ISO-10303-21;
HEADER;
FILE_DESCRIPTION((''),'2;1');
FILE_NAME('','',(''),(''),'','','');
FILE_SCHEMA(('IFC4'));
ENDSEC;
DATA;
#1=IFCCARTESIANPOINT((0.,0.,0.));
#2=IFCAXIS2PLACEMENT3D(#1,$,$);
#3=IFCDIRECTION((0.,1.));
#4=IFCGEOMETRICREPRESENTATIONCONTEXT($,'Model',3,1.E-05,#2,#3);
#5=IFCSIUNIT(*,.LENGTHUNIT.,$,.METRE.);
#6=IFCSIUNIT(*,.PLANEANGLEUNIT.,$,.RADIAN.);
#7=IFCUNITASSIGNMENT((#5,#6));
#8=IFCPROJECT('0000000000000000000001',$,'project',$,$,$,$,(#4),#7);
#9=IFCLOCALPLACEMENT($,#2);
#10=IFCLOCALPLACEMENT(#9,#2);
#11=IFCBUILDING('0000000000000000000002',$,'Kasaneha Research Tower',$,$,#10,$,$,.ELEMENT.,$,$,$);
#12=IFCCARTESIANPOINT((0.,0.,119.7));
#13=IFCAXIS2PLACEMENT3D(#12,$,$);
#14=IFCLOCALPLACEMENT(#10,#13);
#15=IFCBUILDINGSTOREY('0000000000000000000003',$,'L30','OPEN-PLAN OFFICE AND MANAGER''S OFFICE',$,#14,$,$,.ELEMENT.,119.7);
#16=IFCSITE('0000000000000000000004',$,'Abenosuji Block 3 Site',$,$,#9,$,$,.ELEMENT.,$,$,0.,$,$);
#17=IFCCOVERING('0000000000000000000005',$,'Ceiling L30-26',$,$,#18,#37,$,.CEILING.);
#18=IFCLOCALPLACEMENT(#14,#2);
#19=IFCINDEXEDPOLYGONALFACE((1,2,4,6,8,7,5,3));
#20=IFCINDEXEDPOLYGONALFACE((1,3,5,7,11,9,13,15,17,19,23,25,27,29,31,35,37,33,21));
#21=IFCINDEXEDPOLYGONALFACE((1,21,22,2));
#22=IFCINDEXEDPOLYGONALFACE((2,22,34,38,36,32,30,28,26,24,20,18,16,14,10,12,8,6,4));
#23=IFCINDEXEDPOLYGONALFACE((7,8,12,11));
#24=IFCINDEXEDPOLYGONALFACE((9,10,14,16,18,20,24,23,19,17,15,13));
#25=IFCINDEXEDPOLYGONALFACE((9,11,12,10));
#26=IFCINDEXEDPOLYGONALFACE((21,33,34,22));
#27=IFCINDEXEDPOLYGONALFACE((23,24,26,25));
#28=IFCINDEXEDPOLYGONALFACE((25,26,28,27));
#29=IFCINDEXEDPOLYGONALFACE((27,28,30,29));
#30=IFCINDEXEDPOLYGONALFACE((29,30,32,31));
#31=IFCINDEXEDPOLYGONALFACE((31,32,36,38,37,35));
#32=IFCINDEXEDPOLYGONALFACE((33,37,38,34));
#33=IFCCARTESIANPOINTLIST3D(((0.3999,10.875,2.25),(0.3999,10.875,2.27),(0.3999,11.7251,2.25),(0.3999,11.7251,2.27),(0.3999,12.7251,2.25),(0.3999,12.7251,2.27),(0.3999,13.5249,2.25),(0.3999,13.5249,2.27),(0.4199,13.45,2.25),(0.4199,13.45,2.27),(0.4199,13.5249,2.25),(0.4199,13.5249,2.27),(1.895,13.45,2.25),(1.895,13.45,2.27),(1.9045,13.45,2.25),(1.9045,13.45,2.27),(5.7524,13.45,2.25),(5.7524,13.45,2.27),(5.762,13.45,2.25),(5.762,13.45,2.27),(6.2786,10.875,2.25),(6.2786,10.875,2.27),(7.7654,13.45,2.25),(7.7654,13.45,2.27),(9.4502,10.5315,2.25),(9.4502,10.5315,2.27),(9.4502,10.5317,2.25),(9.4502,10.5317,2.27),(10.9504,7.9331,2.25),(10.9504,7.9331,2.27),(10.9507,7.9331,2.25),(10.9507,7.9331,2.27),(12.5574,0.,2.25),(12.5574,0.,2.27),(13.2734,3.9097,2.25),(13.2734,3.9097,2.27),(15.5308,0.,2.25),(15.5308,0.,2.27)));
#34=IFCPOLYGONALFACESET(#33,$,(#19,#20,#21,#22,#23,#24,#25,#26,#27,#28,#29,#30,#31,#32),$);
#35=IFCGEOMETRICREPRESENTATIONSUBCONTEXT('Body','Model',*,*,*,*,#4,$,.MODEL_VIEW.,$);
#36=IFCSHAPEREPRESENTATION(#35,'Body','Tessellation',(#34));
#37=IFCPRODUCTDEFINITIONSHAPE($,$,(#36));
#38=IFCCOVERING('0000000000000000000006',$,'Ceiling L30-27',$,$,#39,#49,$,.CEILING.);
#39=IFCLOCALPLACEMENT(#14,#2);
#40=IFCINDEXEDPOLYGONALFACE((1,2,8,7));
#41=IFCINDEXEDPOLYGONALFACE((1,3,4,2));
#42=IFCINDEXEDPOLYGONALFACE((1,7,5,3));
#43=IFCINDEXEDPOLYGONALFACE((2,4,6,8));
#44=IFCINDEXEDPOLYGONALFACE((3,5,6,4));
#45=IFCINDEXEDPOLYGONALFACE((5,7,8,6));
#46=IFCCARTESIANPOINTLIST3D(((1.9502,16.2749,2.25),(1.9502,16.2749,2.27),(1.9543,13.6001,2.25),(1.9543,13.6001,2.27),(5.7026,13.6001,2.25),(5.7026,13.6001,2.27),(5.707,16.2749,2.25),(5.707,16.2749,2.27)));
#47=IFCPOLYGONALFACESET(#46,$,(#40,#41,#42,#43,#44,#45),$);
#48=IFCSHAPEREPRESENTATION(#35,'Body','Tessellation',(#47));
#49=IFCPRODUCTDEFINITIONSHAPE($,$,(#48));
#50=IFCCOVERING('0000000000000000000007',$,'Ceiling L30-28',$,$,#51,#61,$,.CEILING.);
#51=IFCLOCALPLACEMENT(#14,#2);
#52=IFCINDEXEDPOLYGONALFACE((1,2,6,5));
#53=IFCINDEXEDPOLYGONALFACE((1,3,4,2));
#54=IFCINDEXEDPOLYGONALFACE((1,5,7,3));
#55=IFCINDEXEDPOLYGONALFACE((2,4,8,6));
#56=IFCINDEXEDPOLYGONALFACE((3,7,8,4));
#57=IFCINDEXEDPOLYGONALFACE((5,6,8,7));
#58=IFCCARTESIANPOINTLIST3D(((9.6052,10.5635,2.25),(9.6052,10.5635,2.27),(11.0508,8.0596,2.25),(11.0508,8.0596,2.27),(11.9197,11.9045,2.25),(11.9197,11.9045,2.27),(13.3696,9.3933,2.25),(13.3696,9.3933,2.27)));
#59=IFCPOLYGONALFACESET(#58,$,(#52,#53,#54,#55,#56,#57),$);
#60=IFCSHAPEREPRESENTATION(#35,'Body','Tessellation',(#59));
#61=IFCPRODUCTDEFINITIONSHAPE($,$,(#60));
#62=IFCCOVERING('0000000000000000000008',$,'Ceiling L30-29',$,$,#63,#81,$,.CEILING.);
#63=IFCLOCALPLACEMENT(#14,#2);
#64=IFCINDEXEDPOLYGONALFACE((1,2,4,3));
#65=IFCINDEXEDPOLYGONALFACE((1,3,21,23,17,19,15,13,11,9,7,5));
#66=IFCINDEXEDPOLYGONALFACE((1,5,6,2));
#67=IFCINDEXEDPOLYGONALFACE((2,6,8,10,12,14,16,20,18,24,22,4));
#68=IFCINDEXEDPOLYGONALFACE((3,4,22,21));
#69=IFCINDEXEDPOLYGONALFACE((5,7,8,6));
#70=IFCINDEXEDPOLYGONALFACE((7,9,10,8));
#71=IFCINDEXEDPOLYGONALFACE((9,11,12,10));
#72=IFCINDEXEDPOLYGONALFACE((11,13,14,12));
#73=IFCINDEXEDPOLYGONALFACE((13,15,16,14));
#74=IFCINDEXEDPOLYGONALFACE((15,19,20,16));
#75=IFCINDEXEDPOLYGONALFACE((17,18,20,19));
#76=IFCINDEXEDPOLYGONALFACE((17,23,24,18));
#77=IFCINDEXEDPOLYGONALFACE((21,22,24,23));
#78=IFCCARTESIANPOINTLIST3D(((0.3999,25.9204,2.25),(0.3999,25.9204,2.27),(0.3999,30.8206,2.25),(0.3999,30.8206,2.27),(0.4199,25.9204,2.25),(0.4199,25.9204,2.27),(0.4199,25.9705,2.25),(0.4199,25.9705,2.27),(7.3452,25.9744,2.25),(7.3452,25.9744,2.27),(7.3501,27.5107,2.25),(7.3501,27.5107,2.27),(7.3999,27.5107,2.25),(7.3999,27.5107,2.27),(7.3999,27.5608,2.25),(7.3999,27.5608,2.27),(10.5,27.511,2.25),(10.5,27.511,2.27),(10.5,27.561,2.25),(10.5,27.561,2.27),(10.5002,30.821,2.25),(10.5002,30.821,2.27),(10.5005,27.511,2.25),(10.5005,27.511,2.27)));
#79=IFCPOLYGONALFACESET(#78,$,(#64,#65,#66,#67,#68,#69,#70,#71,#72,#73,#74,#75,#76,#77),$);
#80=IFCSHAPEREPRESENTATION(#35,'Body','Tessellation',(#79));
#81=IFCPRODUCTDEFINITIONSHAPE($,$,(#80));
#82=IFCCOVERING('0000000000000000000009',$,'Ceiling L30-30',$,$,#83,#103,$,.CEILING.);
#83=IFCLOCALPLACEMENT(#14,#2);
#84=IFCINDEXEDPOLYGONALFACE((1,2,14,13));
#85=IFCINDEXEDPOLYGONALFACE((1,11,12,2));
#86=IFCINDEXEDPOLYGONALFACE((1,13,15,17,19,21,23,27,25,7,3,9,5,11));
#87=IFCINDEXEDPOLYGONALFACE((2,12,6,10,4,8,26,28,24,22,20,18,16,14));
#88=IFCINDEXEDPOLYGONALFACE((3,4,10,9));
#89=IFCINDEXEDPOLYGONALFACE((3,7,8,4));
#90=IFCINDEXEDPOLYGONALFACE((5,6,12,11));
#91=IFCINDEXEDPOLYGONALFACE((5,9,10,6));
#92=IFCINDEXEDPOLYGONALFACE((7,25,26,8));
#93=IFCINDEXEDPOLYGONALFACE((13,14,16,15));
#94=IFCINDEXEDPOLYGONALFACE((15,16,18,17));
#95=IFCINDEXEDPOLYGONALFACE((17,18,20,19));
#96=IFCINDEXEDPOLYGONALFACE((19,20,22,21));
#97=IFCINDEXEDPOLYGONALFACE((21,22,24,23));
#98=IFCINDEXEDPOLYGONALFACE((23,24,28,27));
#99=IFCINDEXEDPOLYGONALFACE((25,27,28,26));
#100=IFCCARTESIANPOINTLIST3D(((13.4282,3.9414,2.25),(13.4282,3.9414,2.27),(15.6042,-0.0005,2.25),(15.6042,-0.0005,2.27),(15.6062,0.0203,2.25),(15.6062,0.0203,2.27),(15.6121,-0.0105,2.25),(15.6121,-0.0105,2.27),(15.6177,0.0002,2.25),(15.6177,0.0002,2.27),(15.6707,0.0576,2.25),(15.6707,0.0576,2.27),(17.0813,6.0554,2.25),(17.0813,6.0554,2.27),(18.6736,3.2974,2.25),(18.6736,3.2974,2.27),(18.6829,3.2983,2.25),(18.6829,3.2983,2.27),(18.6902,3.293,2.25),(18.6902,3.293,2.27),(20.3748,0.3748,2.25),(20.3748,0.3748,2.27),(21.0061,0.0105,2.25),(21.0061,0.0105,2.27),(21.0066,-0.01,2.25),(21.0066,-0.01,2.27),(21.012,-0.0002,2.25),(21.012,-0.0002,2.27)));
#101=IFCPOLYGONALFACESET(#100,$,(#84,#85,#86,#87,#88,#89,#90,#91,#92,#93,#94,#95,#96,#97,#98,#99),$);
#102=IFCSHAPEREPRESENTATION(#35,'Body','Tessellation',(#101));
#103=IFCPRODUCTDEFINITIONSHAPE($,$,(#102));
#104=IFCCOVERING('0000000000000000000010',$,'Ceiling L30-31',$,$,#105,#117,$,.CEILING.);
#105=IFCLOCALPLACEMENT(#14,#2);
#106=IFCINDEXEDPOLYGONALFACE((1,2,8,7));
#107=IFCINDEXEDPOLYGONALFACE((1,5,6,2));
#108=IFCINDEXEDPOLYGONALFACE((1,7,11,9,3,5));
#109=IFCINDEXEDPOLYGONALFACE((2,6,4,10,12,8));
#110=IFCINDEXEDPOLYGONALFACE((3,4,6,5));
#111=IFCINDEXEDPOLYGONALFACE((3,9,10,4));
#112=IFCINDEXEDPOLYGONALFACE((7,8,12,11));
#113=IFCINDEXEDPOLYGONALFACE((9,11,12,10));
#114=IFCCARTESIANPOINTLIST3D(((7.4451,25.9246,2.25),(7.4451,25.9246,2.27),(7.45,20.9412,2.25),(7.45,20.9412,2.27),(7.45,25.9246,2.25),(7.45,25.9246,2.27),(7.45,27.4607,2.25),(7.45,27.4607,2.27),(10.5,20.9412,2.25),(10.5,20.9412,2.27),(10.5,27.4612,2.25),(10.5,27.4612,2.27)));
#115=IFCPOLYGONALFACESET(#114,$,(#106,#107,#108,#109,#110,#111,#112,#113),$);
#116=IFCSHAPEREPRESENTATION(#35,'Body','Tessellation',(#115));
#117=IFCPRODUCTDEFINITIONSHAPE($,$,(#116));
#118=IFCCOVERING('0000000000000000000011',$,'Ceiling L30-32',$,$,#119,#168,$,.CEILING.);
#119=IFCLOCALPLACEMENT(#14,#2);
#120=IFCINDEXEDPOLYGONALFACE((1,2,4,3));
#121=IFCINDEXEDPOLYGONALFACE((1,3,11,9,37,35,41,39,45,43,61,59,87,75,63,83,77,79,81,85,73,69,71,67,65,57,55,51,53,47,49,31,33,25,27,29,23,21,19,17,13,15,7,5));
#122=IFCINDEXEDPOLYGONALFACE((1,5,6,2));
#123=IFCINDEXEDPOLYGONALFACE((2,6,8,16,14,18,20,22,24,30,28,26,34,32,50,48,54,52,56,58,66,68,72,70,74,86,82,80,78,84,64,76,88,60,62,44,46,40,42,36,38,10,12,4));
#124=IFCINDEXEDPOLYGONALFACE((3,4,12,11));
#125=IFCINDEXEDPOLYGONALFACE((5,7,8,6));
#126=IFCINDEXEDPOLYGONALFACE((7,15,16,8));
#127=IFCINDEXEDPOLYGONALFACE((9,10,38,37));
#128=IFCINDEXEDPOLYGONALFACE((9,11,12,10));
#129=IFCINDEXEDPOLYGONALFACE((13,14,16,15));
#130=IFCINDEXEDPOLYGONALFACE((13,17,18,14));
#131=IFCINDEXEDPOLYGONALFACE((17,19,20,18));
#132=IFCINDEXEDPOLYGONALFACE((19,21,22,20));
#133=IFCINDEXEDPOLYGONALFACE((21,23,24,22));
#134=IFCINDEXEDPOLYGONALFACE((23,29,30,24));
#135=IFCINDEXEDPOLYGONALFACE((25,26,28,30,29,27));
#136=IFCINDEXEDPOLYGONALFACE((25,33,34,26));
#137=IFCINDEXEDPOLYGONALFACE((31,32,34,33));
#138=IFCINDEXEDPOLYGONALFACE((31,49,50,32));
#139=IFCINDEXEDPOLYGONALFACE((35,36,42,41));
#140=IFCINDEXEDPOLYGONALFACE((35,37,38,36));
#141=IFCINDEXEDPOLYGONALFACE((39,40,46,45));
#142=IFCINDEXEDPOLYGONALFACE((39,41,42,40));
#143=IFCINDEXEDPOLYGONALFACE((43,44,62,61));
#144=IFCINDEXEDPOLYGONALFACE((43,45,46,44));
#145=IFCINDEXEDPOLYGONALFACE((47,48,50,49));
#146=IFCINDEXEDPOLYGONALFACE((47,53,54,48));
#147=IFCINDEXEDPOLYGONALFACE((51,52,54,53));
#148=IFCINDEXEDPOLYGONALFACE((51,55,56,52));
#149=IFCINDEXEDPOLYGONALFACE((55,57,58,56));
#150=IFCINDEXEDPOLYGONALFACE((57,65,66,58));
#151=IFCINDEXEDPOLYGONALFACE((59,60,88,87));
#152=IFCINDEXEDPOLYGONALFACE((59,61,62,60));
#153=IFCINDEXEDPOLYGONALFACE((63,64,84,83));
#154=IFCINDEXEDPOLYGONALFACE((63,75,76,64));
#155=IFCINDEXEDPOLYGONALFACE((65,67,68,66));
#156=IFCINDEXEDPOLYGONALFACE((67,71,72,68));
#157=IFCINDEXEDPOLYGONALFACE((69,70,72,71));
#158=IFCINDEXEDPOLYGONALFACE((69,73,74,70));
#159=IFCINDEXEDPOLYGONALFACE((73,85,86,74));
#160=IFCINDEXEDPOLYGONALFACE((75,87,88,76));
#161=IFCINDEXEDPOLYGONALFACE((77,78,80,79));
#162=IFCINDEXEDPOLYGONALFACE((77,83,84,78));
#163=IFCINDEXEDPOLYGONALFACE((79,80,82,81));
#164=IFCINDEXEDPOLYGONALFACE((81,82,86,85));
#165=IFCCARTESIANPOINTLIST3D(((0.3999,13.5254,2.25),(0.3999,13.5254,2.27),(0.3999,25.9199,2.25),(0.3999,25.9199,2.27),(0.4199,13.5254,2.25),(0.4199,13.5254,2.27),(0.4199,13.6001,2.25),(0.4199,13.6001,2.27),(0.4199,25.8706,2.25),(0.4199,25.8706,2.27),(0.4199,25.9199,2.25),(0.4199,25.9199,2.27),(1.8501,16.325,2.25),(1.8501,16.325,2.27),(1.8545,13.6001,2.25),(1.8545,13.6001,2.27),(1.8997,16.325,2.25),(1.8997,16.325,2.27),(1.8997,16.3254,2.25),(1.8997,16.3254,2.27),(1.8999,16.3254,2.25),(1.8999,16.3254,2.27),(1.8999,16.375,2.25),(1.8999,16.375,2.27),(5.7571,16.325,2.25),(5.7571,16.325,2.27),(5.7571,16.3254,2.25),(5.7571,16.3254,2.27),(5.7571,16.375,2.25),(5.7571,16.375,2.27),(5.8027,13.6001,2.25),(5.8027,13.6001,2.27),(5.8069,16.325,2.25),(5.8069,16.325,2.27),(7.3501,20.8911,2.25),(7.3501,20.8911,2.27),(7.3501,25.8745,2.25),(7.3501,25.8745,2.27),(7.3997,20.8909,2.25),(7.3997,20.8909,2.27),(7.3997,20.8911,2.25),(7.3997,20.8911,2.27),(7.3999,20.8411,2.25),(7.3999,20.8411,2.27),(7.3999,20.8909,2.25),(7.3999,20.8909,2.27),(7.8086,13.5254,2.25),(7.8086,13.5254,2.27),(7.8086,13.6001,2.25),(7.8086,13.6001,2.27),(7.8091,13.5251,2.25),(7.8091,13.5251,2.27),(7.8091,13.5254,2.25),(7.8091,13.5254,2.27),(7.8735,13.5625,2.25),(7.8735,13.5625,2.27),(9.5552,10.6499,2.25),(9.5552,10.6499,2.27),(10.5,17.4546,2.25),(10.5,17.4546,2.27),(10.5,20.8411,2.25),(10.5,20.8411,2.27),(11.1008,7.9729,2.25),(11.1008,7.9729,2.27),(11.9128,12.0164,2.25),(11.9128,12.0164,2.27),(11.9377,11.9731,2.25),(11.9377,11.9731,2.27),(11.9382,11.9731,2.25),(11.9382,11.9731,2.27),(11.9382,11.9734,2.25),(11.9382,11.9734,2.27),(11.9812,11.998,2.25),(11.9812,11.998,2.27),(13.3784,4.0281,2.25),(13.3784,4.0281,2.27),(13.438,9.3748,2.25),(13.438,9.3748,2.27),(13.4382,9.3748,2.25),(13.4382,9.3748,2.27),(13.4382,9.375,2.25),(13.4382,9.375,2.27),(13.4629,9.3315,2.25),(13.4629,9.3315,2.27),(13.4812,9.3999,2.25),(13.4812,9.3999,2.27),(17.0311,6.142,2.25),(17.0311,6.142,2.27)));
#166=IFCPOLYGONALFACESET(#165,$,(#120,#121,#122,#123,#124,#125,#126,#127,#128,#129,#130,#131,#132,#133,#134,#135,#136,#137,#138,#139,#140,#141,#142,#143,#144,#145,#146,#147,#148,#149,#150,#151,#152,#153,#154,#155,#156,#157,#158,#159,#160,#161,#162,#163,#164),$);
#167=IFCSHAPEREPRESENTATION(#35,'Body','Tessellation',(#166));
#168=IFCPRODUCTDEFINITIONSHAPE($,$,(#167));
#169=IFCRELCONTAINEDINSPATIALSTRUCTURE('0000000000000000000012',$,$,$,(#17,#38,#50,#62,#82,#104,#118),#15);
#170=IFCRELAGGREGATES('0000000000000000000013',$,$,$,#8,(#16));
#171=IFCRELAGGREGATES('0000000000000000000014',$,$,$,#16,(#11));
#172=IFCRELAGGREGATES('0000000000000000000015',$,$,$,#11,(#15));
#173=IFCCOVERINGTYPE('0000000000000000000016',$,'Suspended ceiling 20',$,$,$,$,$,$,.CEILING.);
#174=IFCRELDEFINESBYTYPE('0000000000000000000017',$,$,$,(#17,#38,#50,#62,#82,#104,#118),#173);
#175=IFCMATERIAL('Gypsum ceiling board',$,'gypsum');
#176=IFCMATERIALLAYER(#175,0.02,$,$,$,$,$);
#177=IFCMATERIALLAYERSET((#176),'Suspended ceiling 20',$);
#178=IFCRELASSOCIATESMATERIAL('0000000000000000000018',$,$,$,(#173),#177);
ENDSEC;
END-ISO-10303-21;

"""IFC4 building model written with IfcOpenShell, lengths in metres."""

from ifc_helpers import new_model, si_unit, direction, frame, origin, place, context, subcontext, project, spatial, polyline, outline, extrude, material, layer, layer_set, type_object, element, save


model = new_model("IFC4")

# Units and contexts
model_context = context("Model", 3, precision=1e-05, world=origin(), true_north=direction((0.0, 1.0)))
body_context = subcontext(model_context, "Body", "Model", "MODEL_VIEW")
ifc_project = project(units=[si_unit("LENGTHUNIT", "METRE"), si_unit("PLANEANGLEUNIT", "RADIAN")], contexts=[model_context])

# Site, building, storey
site_placement = place(None, origin())
site = spatial("IfcSite", under=ifc_project, at=site_placement, Name="Abenosuji Block 3 Site", CompositionType="ELEMENT", RefElevation=0.0)
building_placement = place(site_placement, origin())
building = spatial("IfcBuilding", under=site, at=building_placement, Name="Kasaneha Research Tower", CompositionType="ELEMENT")
storey_placement = place(building_placement, frame((0.0, 0.0, 119.7)))
storey = spatial("IfcBuildingStorey", under=building, at=storey_placement, Name="L30", Description="OPEN-PLAN OFFICE AND MANAGER'S OFFICE", CompositionType="ELEMENT", Elevation=119.7)

# Coverings
ifc_material_1 = material(Name="Gypsum ceiling board", Category="gypsum")
ifc_layer_1 = layer(ifc_material_1, 0.02)
ifc_layer_set_1 = layer_set([ifc_layer_1], Name="Suspended ceiling 20")
covering_type_1 = type_object("IfcCoveringType", Name="Suspended ceiling 20", PredefinedType="CEILING", material=ifc_layer_set_1)
covering_1_placement = place(storey_placement, frame((0.0, 0.0, 2.25)))
element("IfcCovering", 1, at=covering_1_placement, inside=storey, type_object=covering_type_1, Name="Ceiling L30-26", PredefinedType="CEILING", context=body_context, shape_type="SweptSolid", body=[
    extrude(outline(polyline([(6.2786, 10.875), (0.3999, 10.875), (0.3999, 11.7251), (0.3999, 12.7251), (0.3999, 13.5249), (0.4199, 13.5249), (0.4199, 13.45), (1.895, 13.45), (1.9045, 13.45), (5.7524, 13.45), (5.762, 13.45), (7.7654, 13.45), (9.4502, 10.5315), (9.4502, 10.5317), (10.9504, 7.9331), (10.9507, 7.9331), (13.2734, 3.9097), (13.2734, 3.9097), (15.5308, 0.0), (15.5308, 0.0), (12.5574, 0.0), (6.2786, 10.875)])), origin(), (0.0, 0.0, 1.0), 0.02),
])
covering_2_placement = place(storey_placement, frame((0.0, 0.0, 2.25)))
element("IfcCovering", 2, at=covering_2_placement, inside=storey, type_object=covering_type_1, Name="Ceiling L30-27", PredefinedType="CEILING", context=body_context, shape_type="SweptSolid", body=[
    extrude(outline(polyline([(1.9543, 13.6001), (1.9502, 16.2749), (5.707, 16.2749), (5.7026, 13.6001), (1.9543, 13.6001)])), origin(), (0.0, 0.0, 1.0), 0.02),
])
covering_3_placement = place(storey_placement, frame((0.0, 0.0, 2.25)))
element("IfcCovering", 3, at=covering_3_placement, inside=storey, type_object=covering_type_1, Name="Ceiling L30-28", PredefinedType="CEILING", context=body_context, shape_type="SweptSolid", body=[
    extrude(outline(polyline([(11.0508, 8.0596), (9.6052, 10.5635), (11.9197, 11.9045), (13.3696, 9.3933), (11.0508, 8.0596)])), origin(), (0.0, 0.0, 1.0), 0.02),
])
covering_4_placement = place(storey_placement, frame((0.0, 0.0, 2.25)))
element("IfcCovering", 4, at=covering_4_placement, inside=storey, type_object=covering_type_1, Name="Ceiling L30-29", PredefinedType="CEILING", context=body_context, shape_type="SweptSolid", body=[
    extrude(outline(polyline([(10.5005, 27.511), (10.5, 27.511), (10.5, 27.561), (7.3999, 27.5608), (7.3999, 27.5107), (7.3501, 27.5107), (7.3452, 25.9744), (0.4199, 25.9705), (0.4199, 25.9204), (0.3999, 25.9204), (0.3999, 30.8206), (10.5002, 30.821), (10.5005, 27.511)])), origin(), (0.0, 0.0, 1.0), 0.02),
])
covering_5_placement = place(storey_placement, frame((0.0, 0.0, 2.25)))
element("IfcCovering", 5, at=covering_5_placement, inside=storey, type_object=covering_type_1, Name="Ceiling L30-30", PredefinedType="CEILING", context=body_context, shape_type="SweptSolid", body=[
    extrude(outline(polyline([(18.6902, 3.293), (20.3748, 0.3748), (21.0061, 0.0105), (21.012, -0.0002), (21.0066, -0.01), (15.6121, -0.0105), (15.6042, -0.0005), (15.6177, 0.0002), (15.6062, 0.0203), (15.6707, 0.0576), (13.4282, 3.9414), (17.0813, 6.0554), (18.6736, 3.2974), (18.6829, 3.2983), (18.6902, 3.293)])), origin(), (0.0, 0.0, 1.0), 0.02),
])
covering_6_placement = place(storey_placement, frame((0.0, 0.0, 2.25)))
element("IfcCovering", 6, at=covering_6_placement, inside=storey, type_object=covering_type_1, Name="Ceiling L30-31", PredefinedType="CEILING", context=body_context, shape_type="SweptSolid", body=[
    extrude(outline(polyline([(10.5, 20.9412), (7.45, 20.9412), (7.45, 25.9246), (7.4451, 25.9246), (7.45, 27.4607), (10.5, 27.4612), (10.5, 20.9412)])), origin(), (0.0, 0.0, 1.0), 0.02),
])
covering_7_placement = place(storey_placement, frame((0.0, 0.0, 2.25)))
element("IfcCovering", 7, at=covering_7_placement, inside=storey, type_object=covering_type_1, Name="Ceiling L30-32", PredefinedType="CEILING", context=body_context, shape_type="SweptSolid", body=[
    extrude(outline(polyline([(13.4382, 9.3748), (13.4382, 9.375), (13.4812, 9.3999), (11.9812, 11.998), (11.9382, 11.9731), (11.9382, 11.9734), (11.9377, 11.9731), (11.9128, 12.0164), (9.5552, 10.6499), (7.8735, 13.5625), (7.8091, 13.5251), (7.8091, 13.5254), (7.8086, 13.5254), (7.8086, 13.6001), (5.8027, 13.6001), (5.8069, 16.325), (5.7571, 16.325), (5.7571, 16.3254), (5.7571, 16.3254), (5.7571, 16.375), (1.8999, 16.375), (1.8999, 16.3254), (1.8997, 16.3254), (1.8997, 16.325), (1.8501, 16.325), (1.8545, 13.6001), (0.4199, 13.6001), (0.4199, 13.5254), (0.3999, 13.5254), (0.3999, 25.9199), (0.4199, 25.9199), (0.4199, 25.8706), (7.3501, 25.8745), (7.3501, 20.8911), (7.3997, 20.8911), (7.3997, 20.8909), (7.3999, 20.8909), (7.3999, 20.8411), (10.5, 20.8411), (10.5, 17.4546), (17.0559, 6.0991), (17.0559, 6.0991), (17.0312, 6.1421), (13.3784, 4.0281), (11.1008, 7.9729), (13.4629, 9.3315), (13.438, 9.3748), (13.4382, 9.3748)])), origin(), (0.0, 0.0, 1.0), 0.02),
])

save(model, "model.ifc")
